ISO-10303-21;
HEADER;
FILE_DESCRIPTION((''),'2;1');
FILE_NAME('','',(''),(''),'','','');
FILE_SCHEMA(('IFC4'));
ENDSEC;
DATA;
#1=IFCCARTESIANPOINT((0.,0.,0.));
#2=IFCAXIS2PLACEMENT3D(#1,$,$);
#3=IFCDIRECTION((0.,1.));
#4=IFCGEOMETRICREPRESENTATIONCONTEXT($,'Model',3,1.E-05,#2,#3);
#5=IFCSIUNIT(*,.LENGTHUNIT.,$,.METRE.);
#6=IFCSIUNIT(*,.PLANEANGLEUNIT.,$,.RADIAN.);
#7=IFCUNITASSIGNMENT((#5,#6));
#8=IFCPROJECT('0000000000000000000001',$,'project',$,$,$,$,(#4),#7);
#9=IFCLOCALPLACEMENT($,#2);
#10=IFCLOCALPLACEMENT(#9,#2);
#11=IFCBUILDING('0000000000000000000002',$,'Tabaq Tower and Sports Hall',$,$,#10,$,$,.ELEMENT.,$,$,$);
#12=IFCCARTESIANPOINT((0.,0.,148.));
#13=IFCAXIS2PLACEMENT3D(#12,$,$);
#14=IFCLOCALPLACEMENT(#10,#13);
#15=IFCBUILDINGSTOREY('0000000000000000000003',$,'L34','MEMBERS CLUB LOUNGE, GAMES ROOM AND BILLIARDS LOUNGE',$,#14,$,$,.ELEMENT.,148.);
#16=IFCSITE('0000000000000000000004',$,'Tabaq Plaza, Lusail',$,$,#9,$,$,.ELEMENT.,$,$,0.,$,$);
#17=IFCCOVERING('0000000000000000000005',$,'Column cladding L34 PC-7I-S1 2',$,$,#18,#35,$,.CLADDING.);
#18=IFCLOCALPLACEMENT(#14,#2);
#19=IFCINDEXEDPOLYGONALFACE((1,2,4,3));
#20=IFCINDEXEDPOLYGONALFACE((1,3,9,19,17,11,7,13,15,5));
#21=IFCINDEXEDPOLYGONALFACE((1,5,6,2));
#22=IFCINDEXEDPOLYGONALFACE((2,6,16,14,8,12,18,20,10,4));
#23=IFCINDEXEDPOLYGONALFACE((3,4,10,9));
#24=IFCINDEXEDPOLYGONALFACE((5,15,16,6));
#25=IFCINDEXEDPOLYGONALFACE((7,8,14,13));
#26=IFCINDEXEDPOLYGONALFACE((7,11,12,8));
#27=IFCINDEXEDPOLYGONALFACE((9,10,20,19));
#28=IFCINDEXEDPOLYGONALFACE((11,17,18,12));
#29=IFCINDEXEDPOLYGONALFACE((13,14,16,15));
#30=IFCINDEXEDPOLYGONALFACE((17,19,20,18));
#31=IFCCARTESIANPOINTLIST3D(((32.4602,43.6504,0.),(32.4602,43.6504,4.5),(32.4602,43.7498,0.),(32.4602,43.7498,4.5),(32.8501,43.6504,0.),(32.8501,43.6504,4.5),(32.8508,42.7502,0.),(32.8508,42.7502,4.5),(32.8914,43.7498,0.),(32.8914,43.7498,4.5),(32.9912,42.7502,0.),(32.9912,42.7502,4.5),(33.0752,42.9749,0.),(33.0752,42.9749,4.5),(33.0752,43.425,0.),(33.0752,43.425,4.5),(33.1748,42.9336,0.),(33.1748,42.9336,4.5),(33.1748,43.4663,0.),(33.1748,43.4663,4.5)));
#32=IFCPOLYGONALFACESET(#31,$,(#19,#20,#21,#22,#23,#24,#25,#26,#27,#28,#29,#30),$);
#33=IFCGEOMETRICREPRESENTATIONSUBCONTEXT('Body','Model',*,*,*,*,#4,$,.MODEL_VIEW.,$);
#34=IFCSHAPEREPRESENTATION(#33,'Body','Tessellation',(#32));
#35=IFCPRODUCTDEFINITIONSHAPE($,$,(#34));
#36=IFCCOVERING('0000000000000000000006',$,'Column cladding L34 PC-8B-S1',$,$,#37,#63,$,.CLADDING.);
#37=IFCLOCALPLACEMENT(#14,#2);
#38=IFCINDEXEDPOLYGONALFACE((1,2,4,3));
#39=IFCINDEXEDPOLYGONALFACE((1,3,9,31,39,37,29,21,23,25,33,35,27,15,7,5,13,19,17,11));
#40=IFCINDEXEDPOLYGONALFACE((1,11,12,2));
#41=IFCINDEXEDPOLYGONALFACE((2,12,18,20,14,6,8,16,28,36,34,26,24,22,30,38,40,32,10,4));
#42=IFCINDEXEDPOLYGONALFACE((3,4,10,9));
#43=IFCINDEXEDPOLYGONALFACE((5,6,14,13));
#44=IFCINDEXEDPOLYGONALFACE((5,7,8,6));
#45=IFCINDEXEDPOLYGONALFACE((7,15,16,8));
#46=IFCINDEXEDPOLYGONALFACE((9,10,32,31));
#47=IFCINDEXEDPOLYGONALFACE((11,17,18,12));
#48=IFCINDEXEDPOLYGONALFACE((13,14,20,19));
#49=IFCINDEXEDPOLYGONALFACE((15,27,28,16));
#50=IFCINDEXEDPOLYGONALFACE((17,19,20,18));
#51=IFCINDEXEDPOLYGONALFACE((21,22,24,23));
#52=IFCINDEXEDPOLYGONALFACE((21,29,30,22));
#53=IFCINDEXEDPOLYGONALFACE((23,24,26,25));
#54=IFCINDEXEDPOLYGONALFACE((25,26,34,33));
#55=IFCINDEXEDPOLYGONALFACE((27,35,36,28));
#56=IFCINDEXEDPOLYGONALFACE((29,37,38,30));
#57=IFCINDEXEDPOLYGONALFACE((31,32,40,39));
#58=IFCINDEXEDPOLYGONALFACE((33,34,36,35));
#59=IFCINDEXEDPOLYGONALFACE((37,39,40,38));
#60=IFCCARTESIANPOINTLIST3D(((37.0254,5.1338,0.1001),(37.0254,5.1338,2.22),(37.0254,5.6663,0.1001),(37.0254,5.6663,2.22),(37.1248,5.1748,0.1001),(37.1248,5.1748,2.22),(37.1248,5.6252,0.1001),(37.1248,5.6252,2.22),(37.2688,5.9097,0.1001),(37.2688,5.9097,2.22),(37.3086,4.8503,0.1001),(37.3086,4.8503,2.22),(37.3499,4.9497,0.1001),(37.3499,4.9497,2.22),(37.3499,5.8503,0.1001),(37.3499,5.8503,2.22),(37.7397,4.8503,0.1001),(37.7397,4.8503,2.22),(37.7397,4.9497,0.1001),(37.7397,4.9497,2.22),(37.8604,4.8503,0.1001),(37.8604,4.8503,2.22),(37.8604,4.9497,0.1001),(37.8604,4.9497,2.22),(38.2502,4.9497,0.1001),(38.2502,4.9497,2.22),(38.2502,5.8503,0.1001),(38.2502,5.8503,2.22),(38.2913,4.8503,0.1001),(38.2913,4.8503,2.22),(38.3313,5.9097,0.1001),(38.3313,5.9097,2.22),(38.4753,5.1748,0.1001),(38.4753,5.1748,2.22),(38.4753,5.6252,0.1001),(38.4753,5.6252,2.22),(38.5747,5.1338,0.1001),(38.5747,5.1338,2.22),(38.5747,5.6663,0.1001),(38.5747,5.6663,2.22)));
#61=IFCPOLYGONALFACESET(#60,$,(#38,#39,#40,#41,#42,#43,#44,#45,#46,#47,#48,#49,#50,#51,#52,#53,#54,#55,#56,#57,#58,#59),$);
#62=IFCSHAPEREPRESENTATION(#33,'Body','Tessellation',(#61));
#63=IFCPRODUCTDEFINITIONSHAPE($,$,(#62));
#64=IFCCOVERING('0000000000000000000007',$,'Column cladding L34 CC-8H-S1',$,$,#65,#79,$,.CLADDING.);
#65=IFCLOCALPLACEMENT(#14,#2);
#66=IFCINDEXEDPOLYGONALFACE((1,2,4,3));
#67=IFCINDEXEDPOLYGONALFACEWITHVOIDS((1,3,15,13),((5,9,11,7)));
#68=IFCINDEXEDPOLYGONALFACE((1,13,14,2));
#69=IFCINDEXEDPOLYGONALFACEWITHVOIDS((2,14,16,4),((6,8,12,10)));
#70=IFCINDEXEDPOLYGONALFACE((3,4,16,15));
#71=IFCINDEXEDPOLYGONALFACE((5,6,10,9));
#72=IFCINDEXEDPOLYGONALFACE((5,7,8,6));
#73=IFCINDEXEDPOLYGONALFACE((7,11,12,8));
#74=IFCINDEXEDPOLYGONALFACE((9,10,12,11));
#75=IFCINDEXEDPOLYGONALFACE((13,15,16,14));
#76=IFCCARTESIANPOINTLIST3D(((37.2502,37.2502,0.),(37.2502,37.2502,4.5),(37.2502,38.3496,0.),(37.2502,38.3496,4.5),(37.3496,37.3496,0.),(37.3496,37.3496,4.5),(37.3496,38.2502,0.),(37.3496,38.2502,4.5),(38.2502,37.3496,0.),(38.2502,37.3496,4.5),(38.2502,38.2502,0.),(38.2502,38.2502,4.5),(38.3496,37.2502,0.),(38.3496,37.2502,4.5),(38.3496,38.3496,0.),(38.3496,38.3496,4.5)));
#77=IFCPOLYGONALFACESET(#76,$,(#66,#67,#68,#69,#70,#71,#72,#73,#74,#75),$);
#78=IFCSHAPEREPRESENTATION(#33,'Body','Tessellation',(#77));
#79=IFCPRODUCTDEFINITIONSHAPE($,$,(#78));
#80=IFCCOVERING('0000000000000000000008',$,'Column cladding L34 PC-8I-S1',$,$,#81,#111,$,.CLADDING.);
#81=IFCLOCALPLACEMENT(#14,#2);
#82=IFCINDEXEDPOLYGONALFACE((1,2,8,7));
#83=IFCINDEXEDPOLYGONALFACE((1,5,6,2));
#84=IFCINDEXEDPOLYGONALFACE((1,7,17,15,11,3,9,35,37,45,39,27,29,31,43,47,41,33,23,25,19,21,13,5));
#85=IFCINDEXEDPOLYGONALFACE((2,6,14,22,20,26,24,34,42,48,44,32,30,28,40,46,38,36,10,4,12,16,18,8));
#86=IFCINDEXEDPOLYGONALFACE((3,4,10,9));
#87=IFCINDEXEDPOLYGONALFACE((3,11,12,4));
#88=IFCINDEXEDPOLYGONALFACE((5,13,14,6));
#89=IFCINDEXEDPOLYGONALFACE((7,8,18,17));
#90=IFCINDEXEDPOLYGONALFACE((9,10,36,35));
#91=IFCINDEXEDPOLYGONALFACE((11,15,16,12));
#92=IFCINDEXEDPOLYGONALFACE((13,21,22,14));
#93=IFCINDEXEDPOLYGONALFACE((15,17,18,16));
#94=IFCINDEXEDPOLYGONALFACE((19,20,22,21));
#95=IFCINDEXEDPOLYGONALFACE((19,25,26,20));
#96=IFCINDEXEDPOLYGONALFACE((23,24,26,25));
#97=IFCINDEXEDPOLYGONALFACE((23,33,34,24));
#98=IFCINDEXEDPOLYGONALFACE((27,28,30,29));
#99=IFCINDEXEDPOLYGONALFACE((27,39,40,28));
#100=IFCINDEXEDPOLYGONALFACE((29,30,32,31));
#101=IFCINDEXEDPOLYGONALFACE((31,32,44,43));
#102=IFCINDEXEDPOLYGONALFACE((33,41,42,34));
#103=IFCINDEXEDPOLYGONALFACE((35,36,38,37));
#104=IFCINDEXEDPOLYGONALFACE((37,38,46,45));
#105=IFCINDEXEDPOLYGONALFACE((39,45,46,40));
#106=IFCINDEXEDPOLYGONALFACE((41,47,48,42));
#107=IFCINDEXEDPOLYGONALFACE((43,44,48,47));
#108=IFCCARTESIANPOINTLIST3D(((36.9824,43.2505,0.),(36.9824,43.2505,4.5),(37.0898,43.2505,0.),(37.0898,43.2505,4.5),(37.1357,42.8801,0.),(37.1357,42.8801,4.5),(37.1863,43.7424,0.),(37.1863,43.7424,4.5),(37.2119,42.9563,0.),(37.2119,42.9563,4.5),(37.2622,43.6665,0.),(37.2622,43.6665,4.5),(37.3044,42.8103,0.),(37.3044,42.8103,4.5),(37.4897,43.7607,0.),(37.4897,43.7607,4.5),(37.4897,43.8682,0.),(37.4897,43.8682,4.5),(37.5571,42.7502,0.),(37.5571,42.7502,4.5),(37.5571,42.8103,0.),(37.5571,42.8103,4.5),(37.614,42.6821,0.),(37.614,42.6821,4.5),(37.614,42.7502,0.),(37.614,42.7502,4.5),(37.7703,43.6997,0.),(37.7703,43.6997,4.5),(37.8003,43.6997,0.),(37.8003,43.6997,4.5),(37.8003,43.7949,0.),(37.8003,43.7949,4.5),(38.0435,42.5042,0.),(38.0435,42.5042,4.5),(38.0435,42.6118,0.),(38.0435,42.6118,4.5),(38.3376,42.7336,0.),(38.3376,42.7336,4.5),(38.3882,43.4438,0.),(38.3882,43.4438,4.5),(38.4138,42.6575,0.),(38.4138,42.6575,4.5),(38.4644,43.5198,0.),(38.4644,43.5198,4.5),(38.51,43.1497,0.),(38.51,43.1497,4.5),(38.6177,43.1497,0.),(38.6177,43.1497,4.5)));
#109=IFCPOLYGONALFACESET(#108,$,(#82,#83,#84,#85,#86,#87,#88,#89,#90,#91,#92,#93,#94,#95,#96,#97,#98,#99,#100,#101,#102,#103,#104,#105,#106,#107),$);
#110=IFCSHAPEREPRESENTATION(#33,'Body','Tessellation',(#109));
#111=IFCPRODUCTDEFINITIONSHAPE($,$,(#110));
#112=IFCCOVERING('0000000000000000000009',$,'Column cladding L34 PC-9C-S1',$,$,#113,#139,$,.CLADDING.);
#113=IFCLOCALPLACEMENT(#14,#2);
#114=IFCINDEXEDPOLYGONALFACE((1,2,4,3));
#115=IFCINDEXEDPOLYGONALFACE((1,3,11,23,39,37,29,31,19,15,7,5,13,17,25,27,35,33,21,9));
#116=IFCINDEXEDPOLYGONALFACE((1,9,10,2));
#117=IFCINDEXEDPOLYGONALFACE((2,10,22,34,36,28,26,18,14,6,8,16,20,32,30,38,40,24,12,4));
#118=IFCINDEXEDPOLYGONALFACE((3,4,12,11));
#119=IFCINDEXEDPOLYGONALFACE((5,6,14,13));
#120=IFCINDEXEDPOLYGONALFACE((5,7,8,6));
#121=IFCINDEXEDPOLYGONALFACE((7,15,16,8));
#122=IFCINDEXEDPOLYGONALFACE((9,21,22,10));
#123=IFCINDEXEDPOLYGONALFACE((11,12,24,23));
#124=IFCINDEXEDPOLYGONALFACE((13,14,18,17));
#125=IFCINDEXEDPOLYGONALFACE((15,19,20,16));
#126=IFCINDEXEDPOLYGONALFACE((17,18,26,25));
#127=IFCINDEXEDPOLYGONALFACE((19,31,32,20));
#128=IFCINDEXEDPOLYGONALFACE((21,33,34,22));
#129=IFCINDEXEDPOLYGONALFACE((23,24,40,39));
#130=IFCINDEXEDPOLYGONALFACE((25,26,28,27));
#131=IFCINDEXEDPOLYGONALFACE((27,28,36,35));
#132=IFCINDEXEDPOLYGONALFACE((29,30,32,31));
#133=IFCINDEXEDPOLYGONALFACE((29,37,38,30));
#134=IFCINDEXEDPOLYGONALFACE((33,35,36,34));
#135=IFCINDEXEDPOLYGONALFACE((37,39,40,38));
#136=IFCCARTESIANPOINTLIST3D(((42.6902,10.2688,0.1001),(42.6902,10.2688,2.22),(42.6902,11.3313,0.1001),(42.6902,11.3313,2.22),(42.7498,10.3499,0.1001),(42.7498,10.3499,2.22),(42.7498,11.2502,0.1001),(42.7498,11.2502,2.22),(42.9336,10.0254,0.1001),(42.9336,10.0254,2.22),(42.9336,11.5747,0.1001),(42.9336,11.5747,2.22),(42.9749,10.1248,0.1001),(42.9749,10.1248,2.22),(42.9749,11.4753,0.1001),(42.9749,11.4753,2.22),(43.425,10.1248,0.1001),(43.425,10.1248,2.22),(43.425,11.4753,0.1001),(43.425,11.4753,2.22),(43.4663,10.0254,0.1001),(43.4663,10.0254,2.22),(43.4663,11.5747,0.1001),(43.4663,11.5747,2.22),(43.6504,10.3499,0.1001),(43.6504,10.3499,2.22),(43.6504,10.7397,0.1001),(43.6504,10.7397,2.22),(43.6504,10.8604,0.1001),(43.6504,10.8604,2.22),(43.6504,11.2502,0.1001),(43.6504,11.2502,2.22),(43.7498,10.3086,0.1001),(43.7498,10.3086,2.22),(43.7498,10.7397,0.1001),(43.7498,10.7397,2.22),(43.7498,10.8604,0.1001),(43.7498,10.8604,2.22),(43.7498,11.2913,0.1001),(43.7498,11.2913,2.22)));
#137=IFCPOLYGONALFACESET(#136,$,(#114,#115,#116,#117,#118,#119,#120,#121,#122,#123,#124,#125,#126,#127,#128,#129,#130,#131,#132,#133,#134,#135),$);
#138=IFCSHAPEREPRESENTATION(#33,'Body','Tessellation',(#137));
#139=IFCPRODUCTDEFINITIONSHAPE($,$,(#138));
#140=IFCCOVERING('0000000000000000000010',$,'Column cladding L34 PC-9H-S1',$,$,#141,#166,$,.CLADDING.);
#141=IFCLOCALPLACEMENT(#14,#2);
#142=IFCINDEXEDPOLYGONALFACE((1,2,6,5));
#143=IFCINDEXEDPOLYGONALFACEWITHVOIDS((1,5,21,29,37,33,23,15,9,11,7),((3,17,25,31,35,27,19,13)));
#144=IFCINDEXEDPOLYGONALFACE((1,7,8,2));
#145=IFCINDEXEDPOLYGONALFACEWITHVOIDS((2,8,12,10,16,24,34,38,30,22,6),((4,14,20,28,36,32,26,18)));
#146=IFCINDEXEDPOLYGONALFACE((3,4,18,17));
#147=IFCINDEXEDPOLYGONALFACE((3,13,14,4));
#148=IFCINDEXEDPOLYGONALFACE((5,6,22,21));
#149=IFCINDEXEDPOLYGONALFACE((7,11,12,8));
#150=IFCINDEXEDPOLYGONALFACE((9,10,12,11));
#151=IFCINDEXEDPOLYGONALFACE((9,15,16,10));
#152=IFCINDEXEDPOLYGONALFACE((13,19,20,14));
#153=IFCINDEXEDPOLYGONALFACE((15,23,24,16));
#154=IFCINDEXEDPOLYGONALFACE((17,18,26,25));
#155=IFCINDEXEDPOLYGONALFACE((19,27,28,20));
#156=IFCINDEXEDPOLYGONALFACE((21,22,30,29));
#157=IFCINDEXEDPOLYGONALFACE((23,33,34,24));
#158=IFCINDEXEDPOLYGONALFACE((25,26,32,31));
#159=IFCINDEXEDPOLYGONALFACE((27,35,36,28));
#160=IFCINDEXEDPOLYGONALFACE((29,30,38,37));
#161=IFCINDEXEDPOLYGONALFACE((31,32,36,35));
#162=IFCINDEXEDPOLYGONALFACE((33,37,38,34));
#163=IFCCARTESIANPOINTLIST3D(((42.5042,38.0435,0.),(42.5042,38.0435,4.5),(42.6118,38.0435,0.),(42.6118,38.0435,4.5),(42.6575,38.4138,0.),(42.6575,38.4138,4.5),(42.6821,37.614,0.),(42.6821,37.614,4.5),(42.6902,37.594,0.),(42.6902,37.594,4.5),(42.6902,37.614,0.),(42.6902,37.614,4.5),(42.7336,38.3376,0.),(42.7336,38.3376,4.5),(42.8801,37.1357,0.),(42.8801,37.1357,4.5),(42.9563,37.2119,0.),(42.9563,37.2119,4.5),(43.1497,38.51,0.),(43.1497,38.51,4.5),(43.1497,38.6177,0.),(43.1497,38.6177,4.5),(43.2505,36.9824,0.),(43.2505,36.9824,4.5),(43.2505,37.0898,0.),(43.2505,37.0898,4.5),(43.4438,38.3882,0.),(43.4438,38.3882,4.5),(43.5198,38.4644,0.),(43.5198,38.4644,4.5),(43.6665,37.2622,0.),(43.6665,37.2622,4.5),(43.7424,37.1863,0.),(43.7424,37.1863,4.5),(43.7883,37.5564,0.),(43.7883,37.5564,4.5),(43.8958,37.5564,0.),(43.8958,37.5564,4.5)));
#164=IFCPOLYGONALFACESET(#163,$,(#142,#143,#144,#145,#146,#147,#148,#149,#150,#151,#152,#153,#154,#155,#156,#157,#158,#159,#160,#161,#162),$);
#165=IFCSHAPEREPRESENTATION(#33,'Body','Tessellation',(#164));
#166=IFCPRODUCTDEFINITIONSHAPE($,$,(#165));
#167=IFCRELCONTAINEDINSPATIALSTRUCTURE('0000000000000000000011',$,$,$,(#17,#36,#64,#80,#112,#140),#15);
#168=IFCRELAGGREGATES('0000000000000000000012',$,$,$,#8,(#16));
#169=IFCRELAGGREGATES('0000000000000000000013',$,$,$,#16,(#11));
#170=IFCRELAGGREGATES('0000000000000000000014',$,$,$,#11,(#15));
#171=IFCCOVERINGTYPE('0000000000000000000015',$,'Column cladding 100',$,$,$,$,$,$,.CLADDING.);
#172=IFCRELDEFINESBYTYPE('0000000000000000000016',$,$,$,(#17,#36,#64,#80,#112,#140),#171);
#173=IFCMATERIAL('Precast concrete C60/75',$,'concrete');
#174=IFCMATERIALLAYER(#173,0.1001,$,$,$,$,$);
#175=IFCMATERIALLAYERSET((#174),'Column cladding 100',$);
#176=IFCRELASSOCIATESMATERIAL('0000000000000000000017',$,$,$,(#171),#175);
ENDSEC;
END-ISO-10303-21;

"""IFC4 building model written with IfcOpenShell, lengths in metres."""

from ifc_helpers import new_model, si_unit, direction, frame, origin, place, context, subcontext, project, spatial, polyline, outline, extrude, material, layer, layer_set, type_object, element, save


model = new_model("IFC4")

# Units and contexts
model_context = context("Model", 3, precision=1e-05, world=origin(), true_north=direction((0.0, 1.0)))
body_context = subcontext(model_context, "Body", "Model", "MODEL_VIEW")
ifc_project = project(units=[si_unit("LENGTHUNIT", "METRE"), si_unit("PLANEANGLEUNIT", "RADIAN")], contexts=[model_context])

# Site, building, storey
site_placement = place(None, origin())
site = spatial("IfcSite", under=ifc_project, at=site_placement, Name="Tabaq Plaza, Lusail", CompositionType="ELEMENT", RefElevation=0.0)
building_placement = place(site_placement, origin())
building = spatial("IfcBuilding", under=site, at=building_placement, Name="Tabaq Tower and Sports Hall", CompositionType="ELEMENT")
storey_placement = place(building_placement, frame((0.0, 0.0, 148.0)))
storey = spatial("IfcBuildingStorey", under=building, at=storey_placement, Name="L34", Description="MEMBERS CLUB LOUNGE, GAMES ROOM AND BILLIARDS LOUNGE", CompositionType="ELEMENT", Elevation=148.0)

# Coverings
ifc_material_1 = material(Name="Precast concrete C60/75", Category="concrete")
ifc_layer_1 = layer(ifc_material_1, 0.1001)
ifc_layer_set_1 = layer_set([ifc_layer_1], Name="Column cladding 100")
covering_type = type_object("IfcCoveringType", Name="Column cladding 100", PredefinedType="CLADDING", material=ifc_layer_set_1)
covering_1_placement = place(storey_placement, origin())
element("IfcCovering", 1, at=covering_1_placement, inside=storey, type_object=covering_type, Name="Column cladding L34 PC-7I-S1 2", PredefinedType="CLADDING", context=body_context, shape_type="SweptSolid", body=[
    extrude(outline(polyline([(32.8914, 43.7498), (33.1748, 43.4663), (33.1748, 42.9336), (32.9912, 42.7502), (32.8508, 42.7502), (33.0752, 42.9749), (33.0752, 43.425), (32.8501, 43.6504), (32.4602, 43.6504), (32.4602, 43.7498), (32.8914, 43.7498)])), origin(), (0.0, 0.0, 1.0), 4.5),
])
covering_2_placement = place(storey_placement, frame((0.0, 0.0, 0.1001)))
element("IfcCovering", 2, at=covering_2_placement, inside=storey, type_object=covering_type, Name="Column cladding L34 PC-8B-S1", PredefinedType="CLADDING", context=body_context, shape_type="SweptSolid", body=[
    extrude(outline(polyline([(37.0254, 5.6663), (37.2688, 5.9097), (38.3313, 5.9097), (38.5747, 5.6663), (38.5747, 5.1338), (38.2913, 4.8503), (37.8604, 4.8503), (37.8604, 4.9497), (38.2502, 4.9497), (38.4753, 5.1748), (38.4753, 5.6252), (38.2502, 5.8503), (37.3499, 5.8503), (37.1248, 5.6252), (37.1248, 5.1748), (37.3499, 4.9497), (37.7397, 4.9497), (37.7397, 4.8503), (37.3086, 4.8503), (37.0254, 5.1338), (37.0254, 5.6663)])), origin(), (0.0, 0.0, 1.0), 2.1199),
])
covering_3_placement = place(storey_placement, origin())
element("IfcCovering", 3, at=covering_3_placement, inside=storey, type_object=covering_type, Name="Column cladding L34 CC-8H-S1", PredefinedType="CLADDING", context=body_context, shape_type="SweptSolid", body=[
    extrude(outline(polyline([(37.2502, 38.3496), (38.3496, 38.3496), (38.3496, 37.2502), (37.2502, 37.2502), (37.2502, 38.3496)]), holes=[polyline([(38.2502, 37.3496), (38.2502, 38.2502), (37.3496, 38.2502), (37.3496, 37.3496), (38.2502, 37.3496)])]), origin(), (0.0, 0.0, 1.0), 4.5),
])
covering_4_placement = place(storey_placement, origin())
element("IfcCovering", 4, at=covering_4_placement, inside=storey, type_object=covering_type, Name="Column cladding L34 PC-8I-S1", PredefinedType="CLADDING", context=body_context, shape_type="SweptSolid", body=[
    extrude(outline(polyline([(38.4138, 42.6575), (38.0435, 42.5042), (37.614, 42.6821), (37.614, 42.7502), (37.5571, 42.7502), (37.5571, 42.8103), (37.3044, 42.8103), (37.1357, 42.8801), (36.9824, 43.2505), (37.1863, 43.7424), (37.4897, 43.8682), (37.4897, 43.7607), (37.2622, 43.6665), (37.0898, 43.2505), (37.2119, 42.9563), (38.0435, 42.6118), (38.3376, 42.7336), (38.51, 43.1497), (38.3882, 43.4438), (37.7703, 43.6997), (37.8003, 43.6997), (37.8003, 43.7949), (38.4644, 43.5198), (38.6177, 43.1497), (38.4138, 42.6575)])), origin(), (0.0, 0.0, 1.0), 4.5),
])
covering_5_placement = place(storey_placement, frame((0.0, 0.0, 0.1001)))
element("IfcCovering", 5, at=covering_5_placement, inside=storey, type_object=covering_type, Name="Column cladding L34 PC-9C-S1", PredefinedType="CLADDING", context=body_context, shape_type="SweptSolid", body=[
    extrude(outline(polyline([(42.9336, 10.0254), (42.6902, 10.2688), (42.6902, 11.3313), (42.9336, 11.5747), (43.4663, 11.5747), (43.7498, 11.2913), (43.7498, 10.8604), (43.6504, 10.8604), (43.6504, 11.2502), (43.425, 11.4753), (42.9749, 11.4753), (42.7498, 11.2502), (42.7498, 10.3499), (42.9749, 10.1248), (43.425, 10.1248), (43.6504, 10.3499), (43.6504, 10.7397), (43.7498, 10.7397), (43.7498, 10.3086), (43.4663, 10.0254), (42.9336, 10.0254)])), origin(), (0.0, 0.0, 1.0), 2.1199),
])
covering_6_placement = place(storey_placement, origin())
element("IfcCovering", 6, at=covering_6_placement, inside=storey, type_object=covering_type, Name="Column cladding L34 PC-9H-S1", PredefinedType="CLADDING", context=body_context, shape_type="SweptSolid", body=[
    extrude(outline(polyline([(43.2505, 36.9824), (42.8801, 37.1357), (42.6902, 37.594), (42.6902, 37.614), (42.6821, 37.614), (42.5042, 38.0435), (42.6575, 38.4138), (43.1497, 38.6177), (43.5198, 38.4644), (43.8958, 37.5564), (43.7424, 37.1863), (43.2505, 36.9824)]), holes=[polyline([(43.1497, 38.51), (42.7336, 38.3376), (42.6118, 38.0435), (42.9563, 37.2119), (43.2505, 37.0898), (43.6665, 37.2622), (43.7883, 37.5564), (43.4438, 38.3882), (43.1497, 38.51)])]), origin(), (0.0, 0.0, 1.0), 4.5),
])

save(model, "model.ifc")
